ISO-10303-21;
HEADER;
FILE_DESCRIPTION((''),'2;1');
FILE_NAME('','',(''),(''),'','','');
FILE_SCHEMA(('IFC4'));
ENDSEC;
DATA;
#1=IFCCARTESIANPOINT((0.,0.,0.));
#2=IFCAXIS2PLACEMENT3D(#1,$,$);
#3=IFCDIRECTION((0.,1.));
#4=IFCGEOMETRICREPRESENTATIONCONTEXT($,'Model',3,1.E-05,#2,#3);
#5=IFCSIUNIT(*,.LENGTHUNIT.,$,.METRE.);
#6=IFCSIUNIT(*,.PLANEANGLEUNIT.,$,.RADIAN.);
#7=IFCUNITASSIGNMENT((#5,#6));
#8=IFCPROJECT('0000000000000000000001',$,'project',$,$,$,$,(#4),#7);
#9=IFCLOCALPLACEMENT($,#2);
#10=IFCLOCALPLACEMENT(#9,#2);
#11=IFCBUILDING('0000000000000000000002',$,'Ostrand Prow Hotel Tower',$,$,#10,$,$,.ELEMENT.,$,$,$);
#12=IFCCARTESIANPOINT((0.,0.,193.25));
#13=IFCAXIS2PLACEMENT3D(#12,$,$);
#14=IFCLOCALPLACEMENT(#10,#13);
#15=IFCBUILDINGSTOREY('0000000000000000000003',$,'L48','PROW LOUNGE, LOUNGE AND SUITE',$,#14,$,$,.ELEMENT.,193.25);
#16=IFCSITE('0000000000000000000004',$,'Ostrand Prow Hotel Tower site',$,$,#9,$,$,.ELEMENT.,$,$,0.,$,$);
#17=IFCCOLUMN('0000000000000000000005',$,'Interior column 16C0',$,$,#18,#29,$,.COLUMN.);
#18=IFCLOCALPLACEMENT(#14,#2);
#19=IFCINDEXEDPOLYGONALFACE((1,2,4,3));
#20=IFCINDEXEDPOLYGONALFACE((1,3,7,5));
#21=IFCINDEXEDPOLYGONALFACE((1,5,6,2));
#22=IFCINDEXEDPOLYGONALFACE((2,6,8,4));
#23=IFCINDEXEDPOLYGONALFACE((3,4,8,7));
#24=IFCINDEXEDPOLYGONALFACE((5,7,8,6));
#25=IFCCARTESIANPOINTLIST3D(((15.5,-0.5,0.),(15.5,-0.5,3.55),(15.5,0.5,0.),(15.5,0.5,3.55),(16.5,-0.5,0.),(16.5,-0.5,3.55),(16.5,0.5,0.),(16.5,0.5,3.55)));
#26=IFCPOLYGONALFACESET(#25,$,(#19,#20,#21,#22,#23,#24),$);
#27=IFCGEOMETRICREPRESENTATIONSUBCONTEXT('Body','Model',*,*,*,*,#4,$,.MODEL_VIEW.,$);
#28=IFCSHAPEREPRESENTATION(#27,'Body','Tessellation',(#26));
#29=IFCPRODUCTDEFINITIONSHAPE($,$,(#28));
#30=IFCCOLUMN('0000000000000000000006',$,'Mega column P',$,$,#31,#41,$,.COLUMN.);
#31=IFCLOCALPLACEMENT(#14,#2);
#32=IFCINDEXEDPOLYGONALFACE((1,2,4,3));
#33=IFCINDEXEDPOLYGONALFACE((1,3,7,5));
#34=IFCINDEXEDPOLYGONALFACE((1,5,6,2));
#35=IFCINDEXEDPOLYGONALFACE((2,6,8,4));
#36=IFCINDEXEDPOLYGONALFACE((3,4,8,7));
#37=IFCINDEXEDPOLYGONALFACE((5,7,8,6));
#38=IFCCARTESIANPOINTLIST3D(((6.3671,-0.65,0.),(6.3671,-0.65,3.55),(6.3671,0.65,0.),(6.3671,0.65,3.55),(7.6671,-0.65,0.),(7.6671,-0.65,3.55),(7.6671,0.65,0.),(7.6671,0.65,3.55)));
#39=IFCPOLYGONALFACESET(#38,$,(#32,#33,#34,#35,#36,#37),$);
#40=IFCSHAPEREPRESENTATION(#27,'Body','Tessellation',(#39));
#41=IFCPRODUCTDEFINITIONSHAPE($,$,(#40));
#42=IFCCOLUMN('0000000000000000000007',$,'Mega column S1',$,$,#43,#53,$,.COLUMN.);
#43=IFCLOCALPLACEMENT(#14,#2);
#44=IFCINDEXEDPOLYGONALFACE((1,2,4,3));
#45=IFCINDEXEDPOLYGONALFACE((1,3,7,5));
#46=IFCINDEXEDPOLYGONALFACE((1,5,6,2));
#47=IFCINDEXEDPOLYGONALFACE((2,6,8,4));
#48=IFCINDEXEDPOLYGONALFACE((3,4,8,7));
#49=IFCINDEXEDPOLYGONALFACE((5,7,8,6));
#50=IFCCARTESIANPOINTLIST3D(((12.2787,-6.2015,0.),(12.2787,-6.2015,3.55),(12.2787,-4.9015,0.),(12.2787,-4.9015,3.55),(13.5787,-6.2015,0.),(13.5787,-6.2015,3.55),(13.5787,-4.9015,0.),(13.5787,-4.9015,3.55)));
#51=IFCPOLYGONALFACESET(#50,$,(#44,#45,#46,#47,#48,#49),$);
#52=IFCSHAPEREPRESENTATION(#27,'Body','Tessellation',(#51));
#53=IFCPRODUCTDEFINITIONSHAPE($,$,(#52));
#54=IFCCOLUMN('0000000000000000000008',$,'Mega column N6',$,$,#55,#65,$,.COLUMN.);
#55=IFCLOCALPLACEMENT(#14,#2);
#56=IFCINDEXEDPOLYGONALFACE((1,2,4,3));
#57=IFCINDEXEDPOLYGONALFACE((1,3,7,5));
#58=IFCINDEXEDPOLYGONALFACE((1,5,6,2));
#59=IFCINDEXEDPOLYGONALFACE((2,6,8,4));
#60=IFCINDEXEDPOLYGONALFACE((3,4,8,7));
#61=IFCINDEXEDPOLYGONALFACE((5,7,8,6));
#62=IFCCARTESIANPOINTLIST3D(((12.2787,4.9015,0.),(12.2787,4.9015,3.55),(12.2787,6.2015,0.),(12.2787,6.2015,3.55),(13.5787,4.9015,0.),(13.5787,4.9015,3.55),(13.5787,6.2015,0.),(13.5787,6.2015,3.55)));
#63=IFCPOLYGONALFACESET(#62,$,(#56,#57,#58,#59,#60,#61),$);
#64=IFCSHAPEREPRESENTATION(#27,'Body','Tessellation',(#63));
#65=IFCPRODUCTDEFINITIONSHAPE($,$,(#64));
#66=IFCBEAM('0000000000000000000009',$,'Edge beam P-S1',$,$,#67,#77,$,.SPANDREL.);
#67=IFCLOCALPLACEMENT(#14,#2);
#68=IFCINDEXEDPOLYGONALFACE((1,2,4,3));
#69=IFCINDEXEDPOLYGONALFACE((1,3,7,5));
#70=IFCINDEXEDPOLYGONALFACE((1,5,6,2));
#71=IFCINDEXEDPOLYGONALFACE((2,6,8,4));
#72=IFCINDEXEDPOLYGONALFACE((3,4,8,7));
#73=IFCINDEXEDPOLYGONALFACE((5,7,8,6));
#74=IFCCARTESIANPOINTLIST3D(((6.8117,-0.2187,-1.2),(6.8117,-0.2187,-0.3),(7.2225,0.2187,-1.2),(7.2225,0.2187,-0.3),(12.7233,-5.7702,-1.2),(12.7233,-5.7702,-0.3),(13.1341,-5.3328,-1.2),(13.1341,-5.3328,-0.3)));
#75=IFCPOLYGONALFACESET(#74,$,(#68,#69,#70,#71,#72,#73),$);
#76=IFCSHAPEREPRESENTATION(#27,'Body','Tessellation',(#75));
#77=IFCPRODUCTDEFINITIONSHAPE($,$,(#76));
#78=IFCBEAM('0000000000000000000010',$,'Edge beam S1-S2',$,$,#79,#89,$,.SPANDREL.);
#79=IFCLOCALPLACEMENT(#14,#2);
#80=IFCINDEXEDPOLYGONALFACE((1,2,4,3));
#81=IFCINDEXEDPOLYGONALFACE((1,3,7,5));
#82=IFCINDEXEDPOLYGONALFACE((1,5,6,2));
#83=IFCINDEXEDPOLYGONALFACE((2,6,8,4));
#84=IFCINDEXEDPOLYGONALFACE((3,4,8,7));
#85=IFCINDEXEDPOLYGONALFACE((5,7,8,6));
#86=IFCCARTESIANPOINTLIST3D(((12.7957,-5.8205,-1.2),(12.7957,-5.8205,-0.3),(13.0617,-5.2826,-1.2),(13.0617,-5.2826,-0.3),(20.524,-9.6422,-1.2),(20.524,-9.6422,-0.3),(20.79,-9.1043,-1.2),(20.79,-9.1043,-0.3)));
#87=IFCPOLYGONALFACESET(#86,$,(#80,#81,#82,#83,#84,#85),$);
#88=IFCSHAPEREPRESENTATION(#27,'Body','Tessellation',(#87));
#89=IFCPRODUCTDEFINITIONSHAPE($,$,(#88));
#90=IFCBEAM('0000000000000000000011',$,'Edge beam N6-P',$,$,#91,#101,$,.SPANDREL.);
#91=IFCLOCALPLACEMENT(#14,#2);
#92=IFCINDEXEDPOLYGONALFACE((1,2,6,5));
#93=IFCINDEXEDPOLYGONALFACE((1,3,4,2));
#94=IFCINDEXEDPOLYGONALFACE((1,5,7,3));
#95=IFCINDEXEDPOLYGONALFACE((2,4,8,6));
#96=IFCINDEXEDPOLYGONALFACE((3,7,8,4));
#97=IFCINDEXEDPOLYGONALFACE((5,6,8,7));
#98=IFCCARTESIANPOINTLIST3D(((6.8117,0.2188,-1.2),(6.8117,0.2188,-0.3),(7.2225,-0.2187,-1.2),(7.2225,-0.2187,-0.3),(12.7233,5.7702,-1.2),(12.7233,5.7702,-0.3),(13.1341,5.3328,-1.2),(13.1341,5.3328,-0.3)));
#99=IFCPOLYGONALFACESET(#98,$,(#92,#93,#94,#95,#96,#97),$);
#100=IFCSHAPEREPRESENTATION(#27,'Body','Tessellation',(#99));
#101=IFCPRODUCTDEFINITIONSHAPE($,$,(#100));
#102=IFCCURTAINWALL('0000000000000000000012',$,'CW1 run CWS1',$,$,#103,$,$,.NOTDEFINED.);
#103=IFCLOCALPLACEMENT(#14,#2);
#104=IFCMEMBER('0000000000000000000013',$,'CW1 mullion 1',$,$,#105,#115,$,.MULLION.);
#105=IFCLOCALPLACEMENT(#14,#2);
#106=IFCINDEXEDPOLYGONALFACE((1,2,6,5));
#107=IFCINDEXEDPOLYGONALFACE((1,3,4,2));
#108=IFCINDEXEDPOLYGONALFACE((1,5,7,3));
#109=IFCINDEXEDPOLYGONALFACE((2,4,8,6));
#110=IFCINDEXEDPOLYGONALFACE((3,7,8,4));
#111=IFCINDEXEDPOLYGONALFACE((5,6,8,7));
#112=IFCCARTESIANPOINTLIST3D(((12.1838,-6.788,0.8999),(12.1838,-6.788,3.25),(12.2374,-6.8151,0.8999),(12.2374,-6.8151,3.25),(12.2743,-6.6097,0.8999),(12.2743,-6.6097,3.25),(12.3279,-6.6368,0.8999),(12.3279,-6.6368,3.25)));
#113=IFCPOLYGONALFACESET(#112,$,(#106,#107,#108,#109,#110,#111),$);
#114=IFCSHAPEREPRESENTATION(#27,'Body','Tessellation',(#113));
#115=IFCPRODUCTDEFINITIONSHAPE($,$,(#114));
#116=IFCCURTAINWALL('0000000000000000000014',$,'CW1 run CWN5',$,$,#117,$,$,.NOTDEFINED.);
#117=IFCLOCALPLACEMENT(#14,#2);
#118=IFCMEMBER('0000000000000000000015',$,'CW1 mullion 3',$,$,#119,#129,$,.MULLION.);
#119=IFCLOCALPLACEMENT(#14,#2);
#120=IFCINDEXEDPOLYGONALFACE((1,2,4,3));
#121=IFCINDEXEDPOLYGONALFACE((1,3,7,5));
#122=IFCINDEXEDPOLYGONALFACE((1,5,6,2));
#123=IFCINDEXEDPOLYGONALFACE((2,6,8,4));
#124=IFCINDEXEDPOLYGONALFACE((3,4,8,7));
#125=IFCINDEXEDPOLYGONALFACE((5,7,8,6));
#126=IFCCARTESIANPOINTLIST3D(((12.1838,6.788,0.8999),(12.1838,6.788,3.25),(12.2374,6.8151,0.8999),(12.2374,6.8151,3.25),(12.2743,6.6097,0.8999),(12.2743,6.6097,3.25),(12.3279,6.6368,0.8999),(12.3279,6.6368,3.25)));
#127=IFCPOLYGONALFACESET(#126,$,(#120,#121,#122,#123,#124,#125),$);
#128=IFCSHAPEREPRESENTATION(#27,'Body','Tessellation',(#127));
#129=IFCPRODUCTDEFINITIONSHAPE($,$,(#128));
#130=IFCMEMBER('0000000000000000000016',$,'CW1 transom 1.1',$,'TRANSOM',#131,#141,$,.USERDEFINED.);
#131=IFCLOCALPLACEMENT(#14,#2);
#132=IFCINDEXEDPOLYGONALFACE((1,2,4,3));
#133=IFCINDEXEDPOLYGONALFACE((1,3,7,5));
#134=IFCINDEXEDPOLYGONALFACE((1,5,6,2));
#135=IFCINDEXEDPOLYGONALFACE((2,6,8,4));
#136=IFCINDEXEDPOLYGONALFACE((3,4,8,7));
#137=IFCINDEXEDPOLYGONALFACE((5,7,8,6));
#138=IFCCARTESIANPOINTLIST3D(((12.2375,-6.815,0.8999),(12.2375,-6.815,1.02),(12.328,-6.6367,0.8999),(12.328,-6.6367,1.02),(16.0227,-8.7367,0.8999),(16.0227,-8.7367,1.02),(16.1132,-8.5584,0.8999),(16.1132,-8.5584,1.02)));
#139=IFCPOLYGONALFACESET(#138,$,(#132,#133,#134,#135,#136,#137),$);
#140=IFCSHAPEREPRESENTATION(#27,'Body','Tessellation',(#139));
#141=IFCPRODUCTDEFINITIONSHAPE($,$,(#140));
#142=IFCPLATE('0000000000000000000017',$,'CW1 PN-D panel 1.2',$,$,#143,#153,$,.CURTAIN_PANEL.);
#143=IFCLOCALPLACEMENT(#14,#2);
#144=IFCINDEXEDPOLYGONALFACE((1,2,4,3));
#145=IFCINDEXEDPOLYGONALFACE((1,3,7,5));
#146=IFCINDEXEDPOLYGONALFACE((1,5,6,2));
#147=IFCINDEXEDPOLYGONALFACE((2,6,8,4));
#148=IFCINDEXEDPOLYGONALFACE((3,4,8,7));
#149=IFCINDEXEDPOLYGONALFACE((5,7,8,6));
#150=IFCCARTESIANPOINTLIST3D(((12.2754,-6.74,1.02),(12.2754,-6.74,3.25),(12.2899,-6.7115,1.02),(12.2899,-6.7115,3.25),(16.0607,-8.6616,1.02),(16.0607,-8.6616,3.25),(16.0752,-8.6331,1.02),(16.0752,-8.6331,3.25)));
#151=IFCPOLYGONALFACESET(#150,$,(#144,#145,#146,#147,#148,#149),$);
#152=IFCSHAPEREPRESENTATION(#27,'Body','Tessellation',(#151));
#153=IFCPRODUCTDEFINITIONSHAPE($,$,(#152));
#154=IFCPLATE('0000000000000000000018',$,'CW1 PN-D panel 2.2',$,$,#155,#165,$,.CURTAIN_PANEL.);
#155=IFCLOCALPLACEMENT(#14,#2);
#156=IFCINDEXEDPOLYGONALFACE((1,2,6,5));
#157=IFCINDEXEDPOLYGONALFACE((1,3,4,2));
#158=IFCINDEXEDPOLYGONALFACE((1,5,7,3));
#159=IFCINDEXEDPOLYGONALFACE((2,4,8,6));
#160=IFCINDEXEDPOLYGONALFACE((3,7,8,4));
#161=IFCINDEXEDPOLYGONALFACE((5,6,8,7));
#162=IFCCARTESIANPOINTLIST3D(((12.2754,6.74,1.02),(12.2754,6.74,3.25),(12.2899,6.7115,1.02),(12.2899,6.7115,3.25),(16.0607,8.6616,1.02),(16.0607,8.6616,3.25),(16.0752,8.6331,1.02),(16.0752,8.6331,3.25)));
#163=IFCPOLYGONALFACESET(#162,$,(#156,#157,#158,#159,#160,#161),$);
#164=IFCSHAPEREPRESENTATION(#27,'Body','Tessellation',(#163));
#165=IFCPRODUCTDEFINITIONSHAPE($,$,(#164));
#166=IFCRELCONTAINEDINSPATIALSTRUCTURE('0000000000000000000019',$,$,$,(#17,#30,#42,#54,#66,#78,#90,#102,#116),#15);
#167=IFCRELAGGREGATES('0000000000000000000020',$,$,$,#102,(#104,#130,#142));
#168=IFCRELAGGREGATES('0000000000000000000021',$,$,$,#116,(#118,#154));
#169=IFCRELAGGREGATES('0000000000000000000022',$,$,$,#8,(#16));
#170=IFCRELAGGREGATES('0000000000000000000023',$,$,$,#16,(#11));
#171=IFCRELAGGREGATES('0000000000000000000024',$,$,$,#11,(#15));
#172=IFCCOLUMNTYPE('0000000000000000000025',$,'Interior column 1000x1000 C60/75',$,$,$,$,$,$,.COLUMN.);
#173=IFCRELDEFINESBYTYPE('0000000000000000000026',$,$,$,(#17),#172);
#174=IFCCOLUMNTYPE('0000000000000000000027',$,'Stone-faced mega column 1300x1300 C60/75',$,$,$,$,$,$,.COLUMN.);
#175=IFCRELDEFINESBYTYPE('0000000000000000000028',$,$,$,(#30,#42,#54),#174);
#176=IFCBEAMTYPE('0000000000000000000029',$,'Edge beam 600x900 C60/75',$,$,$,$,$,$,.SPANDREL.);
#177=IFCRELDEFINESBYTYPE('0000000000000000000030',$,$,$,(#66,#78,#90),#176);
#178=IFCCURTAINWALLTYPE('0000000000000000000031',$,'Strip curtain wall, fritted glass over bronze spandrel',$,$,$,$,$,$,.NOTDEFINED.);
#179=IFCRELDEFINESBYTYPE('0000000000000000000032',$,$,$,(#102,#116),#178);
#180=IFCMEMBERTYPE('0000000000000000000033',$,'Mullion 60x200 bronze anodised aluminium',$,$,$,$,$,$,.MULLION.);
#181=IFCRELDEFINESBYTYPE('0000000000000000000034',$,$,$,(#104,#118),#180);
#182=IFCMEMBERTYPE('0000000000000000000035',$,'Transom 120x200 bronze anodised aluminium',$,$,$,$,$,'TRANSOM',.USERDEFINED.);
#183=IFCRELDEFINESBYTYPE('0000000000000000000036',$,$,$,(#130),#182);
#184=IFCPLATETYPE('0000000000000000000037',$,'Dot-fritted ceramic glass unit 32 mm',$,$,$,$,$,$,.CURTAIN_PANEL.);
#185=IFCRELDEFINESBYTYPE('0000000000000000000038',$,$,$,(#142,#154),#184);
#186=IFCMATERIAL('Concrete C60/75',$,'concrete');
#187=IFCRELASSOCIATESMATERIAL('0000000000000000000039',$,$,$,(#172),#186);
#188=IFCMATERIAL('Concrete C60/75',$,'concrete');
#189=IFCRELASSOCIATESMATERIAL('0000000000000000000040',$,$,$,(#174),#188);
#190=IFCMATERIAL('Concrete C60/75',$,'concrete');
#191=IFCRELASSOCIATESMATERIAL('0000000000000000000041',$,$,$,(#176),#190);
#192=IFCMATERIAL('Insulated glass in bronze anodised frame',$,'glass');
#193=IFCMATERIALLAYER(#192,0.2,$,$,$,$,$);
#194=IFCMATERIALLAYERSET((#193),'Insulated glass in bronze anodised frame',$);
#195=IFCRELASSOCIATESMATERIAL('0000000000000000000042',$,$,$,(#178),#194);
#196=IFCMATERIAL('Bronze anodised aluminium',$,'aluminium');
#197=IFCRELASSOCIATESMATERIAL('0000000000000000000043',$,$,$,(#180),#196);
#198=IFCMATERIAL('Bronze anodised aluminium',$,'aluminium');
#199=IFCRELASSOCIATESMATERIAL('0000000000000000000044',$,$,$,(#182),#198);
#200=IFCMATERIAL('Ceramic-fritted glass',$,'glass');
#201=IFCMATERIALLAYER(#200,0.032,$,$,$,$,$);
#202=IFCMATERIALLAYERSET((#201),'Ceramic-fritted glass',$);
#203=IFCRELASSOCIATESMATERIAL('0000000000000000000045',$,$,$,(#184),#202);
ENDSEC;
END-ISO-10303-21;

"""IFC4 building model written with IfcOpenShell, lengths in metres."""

from ifc_helpers import new_model, si_unit, direction, frame, origin, origin_2d, place, context, subcontext, project, spatial, rectangle, extrude, material, layer, layer_set, material_profile, profile_set, type_object, element, aggregate, save


model = new_model("IFC4")

# Units and contexts
model_context = context("Model", 3, precision=1e-05, world=origin(), true_north=direction((0.0, 1.0)))
body_context = subcontext(model_context, "Body", "Model", "MODEL_VIEW")
ifc_project = project(units=[si_unit("LENGTHUNIT", "METRE"), si_unit("PLANEANGLEUNIT", "RADIAN")], contexts=[model_context])

# Site, building, storey
site_placement = place(None, origin())
site = spatial("IfcSite", under=ifc_project, at=site_placement, Name="Ostrand Prow Hotel Tower site", CompositionType="ELEMENT", RefElevation=0.0)
building_placement = place(site_placement, origin())
building = spatial("IfcBuilding", under=site, at=building_placement, Name="Ostrand Prow Hotel Tower", CompositionType="ELEMENT")
storey_placement = place(building_placement, frame((0.0, 0.0, 193.25)))
storey = spatial("IfcBuildingStorey", under=building, at=storey_placement, Name="L48", Description="PROW LOUNGE, LOUNGE AND SUITE", CompositionType="ELEMENT", Elevation=193.25)

# Columns
ifc_material_1 = material(Name="Concrete C60/75", Category="concrete")
ifc_material_profile_1 = material_profile(ifc_material_1, rectangle(XDim=1.0, YDim=1.0, at=origin_2d()), Name="RC 1000x1000")
ifc_profile_set_1 = profile_set([ifc_material_profile_1], Name="Concrete C60/75")
column_type_1 = type_object("IfcColumnType", Name="Interior column 1000x1000 C60/75", PredefinedType="COLUMN", material=ifc_profile_set_1)
column_placement = place(storey_placement, frame((16.0, 0.0, 0.0), z_axis=(0.0, 0.0, 1.0), x_axis=(1.0, 0.0, 0.0)))
element("IfcColumn", 1, at=column_placement, inside=storey, type_object=column_type_1, Name="Interior column 16C0", PredefinedType="COLUMN", context=body_context, shape_type="SweptSolid", body=[
    extrude(rectangle(XDim=1.0, YDim=1.0, at=origin_2d()), origin(), (0.0, 0.0, 1.0), 3.55),
])
ifc_material_2 = material(Name="Concrete C60/75", Category="concrete")
ifc_material_profile_2 = material_profile(ifc_material_2, rectangle(XDim=1.3, YDim=1.3, at=origin_2d()), Name="RC 1300x1300")
ifc_profile_set_2 = profile_set([ifc_material_profile_2], Name="Concrete C60/75")
column_type_2 = type_object("IfcColumnType", Name="Stone-faced mega column 1300x1300 C60/75", PredefinedType="COLUMN", material=ifc_profile_set_2)
for number, where, z_axis, x_axis, name in (
    (2, (7.0171, 0.0, 0.0), (0.0, 0.0, 1.0), (1.0, 0.0, 0.0), "Mega column P"),
    (3, (12.9287, -5.5515, 0.0), (0.0, 0.0, 1.0), (1.0, 0.0, 0.0), "Mega column S1"),
    (4, (12.9287, 5.5515, 0.0), (0.0, 0.0, 1.0), (1.0, 0.0, 0.0), "Mega column N6"),
):
    element("IfcColumn", number, at=place(storey_placement, frame(where, z_axis=z_axis, x_axis=x_axis)), inside=storey, type_object=column_type_2, Name=name, PredefinedType="COLUMN", context=body_context, shape_type="SweptSolid", body=[
        extrude(rectangle(XDim=1.3, YDim=1.3, at=origin_2d()), origin(), (0.0, 0.0, 1.0), 3.55),
    ])

# Beams
ifc_material_3 = material(Name="Concrete C60/75", Category="concrete")
ifc_material_profile_3 = material_profile(ifc_material_3, rectangle(XDim=0.6001, YDim=0.8999, at=origin_2d()), Name="RC 600x900")
ifc_profile_set_3 = profile_set([ifc_material_profile_3], Name="Concrete C60/75")
beam_type = type_object("IfcBeamType", Name="Edge beam 600x900 C60/75", PredefinedType="SPANDREL", material=ifc_profile_set_3)
beam_1_placement = place(storey_placement, frame((7.0171, 0.0, -0.75), z_axis=(0.728961, -0.684556, 0.0), x_axis=(0.684556, 0.728961, 0.0)))
element("IfcBeam", 5, at=beam_1_placement, inside=storey, type_object=beam_type, Name="Edge beam P-S1", PredefinedType="SPANDREL", context=body_context, shape_type="SweptSolid", body=[
    extrude(rectangle(XDim=0.6001, YDim=0.8999, at=origin_2d()), origin(), (0.0, 0.0, 1.0), 8.1096),
])
beam_2_placement = place(storey_placement, frame((12.9287, -5.5515, -0.75), z_axis=(0.896384, -0.443279, 0.0), x_axis=(0.443279, 0.896384, 0.0)))
element("IfcBeam", 6, at=beam_2_placement, inside=storey, type_object=beam_type, Name="Edge beam S1-S2", PredefinedType="SPANDREL", context=body_context, shape_type="SweptSolid", body=[
    extrude(rectangle(XDim=0.6001, YDim=0.8999, at=origin_2d()), origin(), (0.0, 0.0, 1.0), 8.6216),
])
beam_3_placement = place(storey_placement, frame((12.9287, 5.5515, -0.75), z_axis=(-0.728961, -0.684556, 0.0), x_axis=(0.684556, -0.728961, 0.0)))
element("IfcBeam", 7, at=beam_3_placement, inside=storey, type_object=beam_type, Name="Edge beam N6-P", PredefinedType="SPANDREL", context=body_context, shape_type="SweptSolid", body=[
    extrude(rectangle(XDim=0.6001, YDim=0.8999, at=origin_2d()), origin(), (0.0, 0.0, 1.0), 8.1096),
])

# Curtain walls, members
ifc_material_4 = material(Name="Insulated glass in bronze anodised frame", Category="glass")
ifc_layer_1 = layer(ifc_material_4, 0.2)
ifc_layer_set_1 = layer_set([ifc_layer_1], Name="Insulated glass in bronze anodised frame")
curtain_wall_type = type_object("IfcCurtainWallType", Name="Strip curtain wall, fritted glass over bronze spandrel", PredefinedType="NOTDEFINED", material=ifc_layer_set_1)
curtain_wall_1_placement = place(storey_placement, origin())
curtain_wall_1 = element("IfcCurtainWall", 8, at=curtain_wall_1_placement, inside=storey, type_object=curtain_wall_type, Name="CW1 run CWS1", PredefinedType="NOTDEFINED")
ifc_material_5 = material(Name="Bronze anodised aluminium", Category="aluminium")
ifc_material_profile_4 = material_profile(ifc_material_5, rectangle(XDim=0.2, YDim=0.0601, at=origin_2d()), Name="Mullion 60x200 bronze anodised aluminium")
ifc_profile_set_4 = profile_set([ifc_material_profile_4], Name="Bronze anodised aluminium")
member_type_1 = type_object("IfcMemberType", Name="Mullion 60x200 bronze anodised aluminium", PredefinedType="MULLION", material=ifc_profile_set_4)
member_1_placement = place(storey_placement, frame((12.2559, -6.7124, 0.8999), z_axis=(0.0, 0.0, 1.0), x_axis=(0.452659, 0.891684, 0.0)))
member_1 = element("IfcMember", 9, at=member_1_placement, type_object=member_type_1, Name="CW1 mullion 1", PredefinedType="MULLION", context=body_context, shape_type="SweptSolid", body=[
    extrude(rectangle(XDim=0.2, YDim=0.0601, at=origin_2d()), origin(), (0.0, 0.0, 1.0), 2.3501),
])
curtain_wall_2_placement = place(storey_placement, origin())
curtain_wall_2 = element("IfcCurtainWall", 10, at=curtain_wall_2_placement, inside=storey, type_object=curtain_wall_type, Name="CW1 run CWN5", PredefinedType="NOTDEFINED")
member_2_placement = place(storey_placement, frame((12.2559, 6.7124, 0.8999), z_axis=(0.0, 0.0, 1.0), x_axis=(0.452659, -0.891684, 0.0)))
member_2 = element("IfcMember", 11, at=member_2_placement, type_object=member_type_1, Name="CW1 mullion 3", PredefinedType="MULLION", context=body_context, shape_type="SweptSolid", body=[
    extrude(rectangle(XDim=0.2, YDim=0.0601, at=origin_2d()), origin(), (0.0, 0.0, 1.0), 2.3501),
])

# Member
ifc_material_6 = material(Name="Bronze anodised aluminium", Category="aluminium")
ifc_material_profile_5 = material_profile(ifc_material_6, rectangle(XDim=0.2, YDim=0.1201, at=origin_2d()), Name="Transom 120x200 bronze anodised aluminium")
ifc_profile_set_5 = profile_set([ifc_material_profile_5], Name="Bronze anodised aluminium")
member_type_2 = type_object("IfcMemberType", Name="Transom 120x200 bronze anodised aluminium", ElementType="TRANSOM", PredefinedType="USERDEFINED", material=ifc_profile_set_5)
member_3_placement = place(storey_placement, frame((12.2827, -6.7258, 0.96), z_axis=(0.891673, -0.45268, 0.0), x_axis=(0.45268, 0.891673, 0.0)))
member_3 = element("IfcMember", 12, at=member_3_placement, type_object=member_type_2, Name="CW1 transom 1.1", ObjectType="TRANSOM", PredefinedType="USERDEFINED", context=body_context, shape_type="SweptSolid", body=[
    extrude(rectangle(XDim=0.2, YDim=0.1201, at=origin_2d()), origin(), (0.0, 0.0, 1.0), 4.2451),
])

# Plates
ifc_material_7 = material(Name="Ceramic-fritted glass", Category="glass")
ifc_layer_2 = layer(ifc_material_7, 0.032)
ifc_layer_set_2 = layer_set([ifc_layer_2], Name="Ceramic-fritted glass")
plate_type = type_object("IfcPlateType", Name="Dot-fritted ceramic glass unit 32 mm", PredefinedType="CURTAIN_PANEL", material=ifc_layer_set_2)
plate_1_placement = place(storey_placement, frame((14.1753, -7.6865, 1.02), z_axis=(0.0, 0.0, 1.0), x_axis=(0.891684, -0.452659, 0.0)))
plate_1 = element("IfcPlate", 13, at=plate_1_placement, type_object=plate_type, Name="CW1 PN-D panel 1.2", PredefinedType="CURTAIN_PANEL", context=body_context, shape_type="SweptSolid", body=[
    extrude(rectangle(XDim=4.2451, YDim=0.032, at=origin_2d()), origin(), (0.0, 0.0, 1.0), 2.23),
])
aggregate(curtain_wall_1, [member_1, member_3, plate_1])
plate_2_placement = place(storey_placement, frame((14.1753, 7.6865, 1.02), z_axis=(0.0, 0.0, 1.0), x_axis=(-0.891684, -0.452659, 0.0)))
plate_2 = element("IfcPlate", 14, at=plate_2_placement, type_object=plate_type, Name="CW1 PN-D panel 2.2", PredefinedType="CURTAIN_PANEL", context=body_context, shape_type="SweptSolid", body=[
    extrude(rectangle(XDim=4.2451, YDim=0.032, at=origin_2d()), origin(), (0.0, 0.0, 1.0), 2.23),
])
aggregate(curtain_wall_2, [member_2, plate_2])

save(model, "model.ifc")
